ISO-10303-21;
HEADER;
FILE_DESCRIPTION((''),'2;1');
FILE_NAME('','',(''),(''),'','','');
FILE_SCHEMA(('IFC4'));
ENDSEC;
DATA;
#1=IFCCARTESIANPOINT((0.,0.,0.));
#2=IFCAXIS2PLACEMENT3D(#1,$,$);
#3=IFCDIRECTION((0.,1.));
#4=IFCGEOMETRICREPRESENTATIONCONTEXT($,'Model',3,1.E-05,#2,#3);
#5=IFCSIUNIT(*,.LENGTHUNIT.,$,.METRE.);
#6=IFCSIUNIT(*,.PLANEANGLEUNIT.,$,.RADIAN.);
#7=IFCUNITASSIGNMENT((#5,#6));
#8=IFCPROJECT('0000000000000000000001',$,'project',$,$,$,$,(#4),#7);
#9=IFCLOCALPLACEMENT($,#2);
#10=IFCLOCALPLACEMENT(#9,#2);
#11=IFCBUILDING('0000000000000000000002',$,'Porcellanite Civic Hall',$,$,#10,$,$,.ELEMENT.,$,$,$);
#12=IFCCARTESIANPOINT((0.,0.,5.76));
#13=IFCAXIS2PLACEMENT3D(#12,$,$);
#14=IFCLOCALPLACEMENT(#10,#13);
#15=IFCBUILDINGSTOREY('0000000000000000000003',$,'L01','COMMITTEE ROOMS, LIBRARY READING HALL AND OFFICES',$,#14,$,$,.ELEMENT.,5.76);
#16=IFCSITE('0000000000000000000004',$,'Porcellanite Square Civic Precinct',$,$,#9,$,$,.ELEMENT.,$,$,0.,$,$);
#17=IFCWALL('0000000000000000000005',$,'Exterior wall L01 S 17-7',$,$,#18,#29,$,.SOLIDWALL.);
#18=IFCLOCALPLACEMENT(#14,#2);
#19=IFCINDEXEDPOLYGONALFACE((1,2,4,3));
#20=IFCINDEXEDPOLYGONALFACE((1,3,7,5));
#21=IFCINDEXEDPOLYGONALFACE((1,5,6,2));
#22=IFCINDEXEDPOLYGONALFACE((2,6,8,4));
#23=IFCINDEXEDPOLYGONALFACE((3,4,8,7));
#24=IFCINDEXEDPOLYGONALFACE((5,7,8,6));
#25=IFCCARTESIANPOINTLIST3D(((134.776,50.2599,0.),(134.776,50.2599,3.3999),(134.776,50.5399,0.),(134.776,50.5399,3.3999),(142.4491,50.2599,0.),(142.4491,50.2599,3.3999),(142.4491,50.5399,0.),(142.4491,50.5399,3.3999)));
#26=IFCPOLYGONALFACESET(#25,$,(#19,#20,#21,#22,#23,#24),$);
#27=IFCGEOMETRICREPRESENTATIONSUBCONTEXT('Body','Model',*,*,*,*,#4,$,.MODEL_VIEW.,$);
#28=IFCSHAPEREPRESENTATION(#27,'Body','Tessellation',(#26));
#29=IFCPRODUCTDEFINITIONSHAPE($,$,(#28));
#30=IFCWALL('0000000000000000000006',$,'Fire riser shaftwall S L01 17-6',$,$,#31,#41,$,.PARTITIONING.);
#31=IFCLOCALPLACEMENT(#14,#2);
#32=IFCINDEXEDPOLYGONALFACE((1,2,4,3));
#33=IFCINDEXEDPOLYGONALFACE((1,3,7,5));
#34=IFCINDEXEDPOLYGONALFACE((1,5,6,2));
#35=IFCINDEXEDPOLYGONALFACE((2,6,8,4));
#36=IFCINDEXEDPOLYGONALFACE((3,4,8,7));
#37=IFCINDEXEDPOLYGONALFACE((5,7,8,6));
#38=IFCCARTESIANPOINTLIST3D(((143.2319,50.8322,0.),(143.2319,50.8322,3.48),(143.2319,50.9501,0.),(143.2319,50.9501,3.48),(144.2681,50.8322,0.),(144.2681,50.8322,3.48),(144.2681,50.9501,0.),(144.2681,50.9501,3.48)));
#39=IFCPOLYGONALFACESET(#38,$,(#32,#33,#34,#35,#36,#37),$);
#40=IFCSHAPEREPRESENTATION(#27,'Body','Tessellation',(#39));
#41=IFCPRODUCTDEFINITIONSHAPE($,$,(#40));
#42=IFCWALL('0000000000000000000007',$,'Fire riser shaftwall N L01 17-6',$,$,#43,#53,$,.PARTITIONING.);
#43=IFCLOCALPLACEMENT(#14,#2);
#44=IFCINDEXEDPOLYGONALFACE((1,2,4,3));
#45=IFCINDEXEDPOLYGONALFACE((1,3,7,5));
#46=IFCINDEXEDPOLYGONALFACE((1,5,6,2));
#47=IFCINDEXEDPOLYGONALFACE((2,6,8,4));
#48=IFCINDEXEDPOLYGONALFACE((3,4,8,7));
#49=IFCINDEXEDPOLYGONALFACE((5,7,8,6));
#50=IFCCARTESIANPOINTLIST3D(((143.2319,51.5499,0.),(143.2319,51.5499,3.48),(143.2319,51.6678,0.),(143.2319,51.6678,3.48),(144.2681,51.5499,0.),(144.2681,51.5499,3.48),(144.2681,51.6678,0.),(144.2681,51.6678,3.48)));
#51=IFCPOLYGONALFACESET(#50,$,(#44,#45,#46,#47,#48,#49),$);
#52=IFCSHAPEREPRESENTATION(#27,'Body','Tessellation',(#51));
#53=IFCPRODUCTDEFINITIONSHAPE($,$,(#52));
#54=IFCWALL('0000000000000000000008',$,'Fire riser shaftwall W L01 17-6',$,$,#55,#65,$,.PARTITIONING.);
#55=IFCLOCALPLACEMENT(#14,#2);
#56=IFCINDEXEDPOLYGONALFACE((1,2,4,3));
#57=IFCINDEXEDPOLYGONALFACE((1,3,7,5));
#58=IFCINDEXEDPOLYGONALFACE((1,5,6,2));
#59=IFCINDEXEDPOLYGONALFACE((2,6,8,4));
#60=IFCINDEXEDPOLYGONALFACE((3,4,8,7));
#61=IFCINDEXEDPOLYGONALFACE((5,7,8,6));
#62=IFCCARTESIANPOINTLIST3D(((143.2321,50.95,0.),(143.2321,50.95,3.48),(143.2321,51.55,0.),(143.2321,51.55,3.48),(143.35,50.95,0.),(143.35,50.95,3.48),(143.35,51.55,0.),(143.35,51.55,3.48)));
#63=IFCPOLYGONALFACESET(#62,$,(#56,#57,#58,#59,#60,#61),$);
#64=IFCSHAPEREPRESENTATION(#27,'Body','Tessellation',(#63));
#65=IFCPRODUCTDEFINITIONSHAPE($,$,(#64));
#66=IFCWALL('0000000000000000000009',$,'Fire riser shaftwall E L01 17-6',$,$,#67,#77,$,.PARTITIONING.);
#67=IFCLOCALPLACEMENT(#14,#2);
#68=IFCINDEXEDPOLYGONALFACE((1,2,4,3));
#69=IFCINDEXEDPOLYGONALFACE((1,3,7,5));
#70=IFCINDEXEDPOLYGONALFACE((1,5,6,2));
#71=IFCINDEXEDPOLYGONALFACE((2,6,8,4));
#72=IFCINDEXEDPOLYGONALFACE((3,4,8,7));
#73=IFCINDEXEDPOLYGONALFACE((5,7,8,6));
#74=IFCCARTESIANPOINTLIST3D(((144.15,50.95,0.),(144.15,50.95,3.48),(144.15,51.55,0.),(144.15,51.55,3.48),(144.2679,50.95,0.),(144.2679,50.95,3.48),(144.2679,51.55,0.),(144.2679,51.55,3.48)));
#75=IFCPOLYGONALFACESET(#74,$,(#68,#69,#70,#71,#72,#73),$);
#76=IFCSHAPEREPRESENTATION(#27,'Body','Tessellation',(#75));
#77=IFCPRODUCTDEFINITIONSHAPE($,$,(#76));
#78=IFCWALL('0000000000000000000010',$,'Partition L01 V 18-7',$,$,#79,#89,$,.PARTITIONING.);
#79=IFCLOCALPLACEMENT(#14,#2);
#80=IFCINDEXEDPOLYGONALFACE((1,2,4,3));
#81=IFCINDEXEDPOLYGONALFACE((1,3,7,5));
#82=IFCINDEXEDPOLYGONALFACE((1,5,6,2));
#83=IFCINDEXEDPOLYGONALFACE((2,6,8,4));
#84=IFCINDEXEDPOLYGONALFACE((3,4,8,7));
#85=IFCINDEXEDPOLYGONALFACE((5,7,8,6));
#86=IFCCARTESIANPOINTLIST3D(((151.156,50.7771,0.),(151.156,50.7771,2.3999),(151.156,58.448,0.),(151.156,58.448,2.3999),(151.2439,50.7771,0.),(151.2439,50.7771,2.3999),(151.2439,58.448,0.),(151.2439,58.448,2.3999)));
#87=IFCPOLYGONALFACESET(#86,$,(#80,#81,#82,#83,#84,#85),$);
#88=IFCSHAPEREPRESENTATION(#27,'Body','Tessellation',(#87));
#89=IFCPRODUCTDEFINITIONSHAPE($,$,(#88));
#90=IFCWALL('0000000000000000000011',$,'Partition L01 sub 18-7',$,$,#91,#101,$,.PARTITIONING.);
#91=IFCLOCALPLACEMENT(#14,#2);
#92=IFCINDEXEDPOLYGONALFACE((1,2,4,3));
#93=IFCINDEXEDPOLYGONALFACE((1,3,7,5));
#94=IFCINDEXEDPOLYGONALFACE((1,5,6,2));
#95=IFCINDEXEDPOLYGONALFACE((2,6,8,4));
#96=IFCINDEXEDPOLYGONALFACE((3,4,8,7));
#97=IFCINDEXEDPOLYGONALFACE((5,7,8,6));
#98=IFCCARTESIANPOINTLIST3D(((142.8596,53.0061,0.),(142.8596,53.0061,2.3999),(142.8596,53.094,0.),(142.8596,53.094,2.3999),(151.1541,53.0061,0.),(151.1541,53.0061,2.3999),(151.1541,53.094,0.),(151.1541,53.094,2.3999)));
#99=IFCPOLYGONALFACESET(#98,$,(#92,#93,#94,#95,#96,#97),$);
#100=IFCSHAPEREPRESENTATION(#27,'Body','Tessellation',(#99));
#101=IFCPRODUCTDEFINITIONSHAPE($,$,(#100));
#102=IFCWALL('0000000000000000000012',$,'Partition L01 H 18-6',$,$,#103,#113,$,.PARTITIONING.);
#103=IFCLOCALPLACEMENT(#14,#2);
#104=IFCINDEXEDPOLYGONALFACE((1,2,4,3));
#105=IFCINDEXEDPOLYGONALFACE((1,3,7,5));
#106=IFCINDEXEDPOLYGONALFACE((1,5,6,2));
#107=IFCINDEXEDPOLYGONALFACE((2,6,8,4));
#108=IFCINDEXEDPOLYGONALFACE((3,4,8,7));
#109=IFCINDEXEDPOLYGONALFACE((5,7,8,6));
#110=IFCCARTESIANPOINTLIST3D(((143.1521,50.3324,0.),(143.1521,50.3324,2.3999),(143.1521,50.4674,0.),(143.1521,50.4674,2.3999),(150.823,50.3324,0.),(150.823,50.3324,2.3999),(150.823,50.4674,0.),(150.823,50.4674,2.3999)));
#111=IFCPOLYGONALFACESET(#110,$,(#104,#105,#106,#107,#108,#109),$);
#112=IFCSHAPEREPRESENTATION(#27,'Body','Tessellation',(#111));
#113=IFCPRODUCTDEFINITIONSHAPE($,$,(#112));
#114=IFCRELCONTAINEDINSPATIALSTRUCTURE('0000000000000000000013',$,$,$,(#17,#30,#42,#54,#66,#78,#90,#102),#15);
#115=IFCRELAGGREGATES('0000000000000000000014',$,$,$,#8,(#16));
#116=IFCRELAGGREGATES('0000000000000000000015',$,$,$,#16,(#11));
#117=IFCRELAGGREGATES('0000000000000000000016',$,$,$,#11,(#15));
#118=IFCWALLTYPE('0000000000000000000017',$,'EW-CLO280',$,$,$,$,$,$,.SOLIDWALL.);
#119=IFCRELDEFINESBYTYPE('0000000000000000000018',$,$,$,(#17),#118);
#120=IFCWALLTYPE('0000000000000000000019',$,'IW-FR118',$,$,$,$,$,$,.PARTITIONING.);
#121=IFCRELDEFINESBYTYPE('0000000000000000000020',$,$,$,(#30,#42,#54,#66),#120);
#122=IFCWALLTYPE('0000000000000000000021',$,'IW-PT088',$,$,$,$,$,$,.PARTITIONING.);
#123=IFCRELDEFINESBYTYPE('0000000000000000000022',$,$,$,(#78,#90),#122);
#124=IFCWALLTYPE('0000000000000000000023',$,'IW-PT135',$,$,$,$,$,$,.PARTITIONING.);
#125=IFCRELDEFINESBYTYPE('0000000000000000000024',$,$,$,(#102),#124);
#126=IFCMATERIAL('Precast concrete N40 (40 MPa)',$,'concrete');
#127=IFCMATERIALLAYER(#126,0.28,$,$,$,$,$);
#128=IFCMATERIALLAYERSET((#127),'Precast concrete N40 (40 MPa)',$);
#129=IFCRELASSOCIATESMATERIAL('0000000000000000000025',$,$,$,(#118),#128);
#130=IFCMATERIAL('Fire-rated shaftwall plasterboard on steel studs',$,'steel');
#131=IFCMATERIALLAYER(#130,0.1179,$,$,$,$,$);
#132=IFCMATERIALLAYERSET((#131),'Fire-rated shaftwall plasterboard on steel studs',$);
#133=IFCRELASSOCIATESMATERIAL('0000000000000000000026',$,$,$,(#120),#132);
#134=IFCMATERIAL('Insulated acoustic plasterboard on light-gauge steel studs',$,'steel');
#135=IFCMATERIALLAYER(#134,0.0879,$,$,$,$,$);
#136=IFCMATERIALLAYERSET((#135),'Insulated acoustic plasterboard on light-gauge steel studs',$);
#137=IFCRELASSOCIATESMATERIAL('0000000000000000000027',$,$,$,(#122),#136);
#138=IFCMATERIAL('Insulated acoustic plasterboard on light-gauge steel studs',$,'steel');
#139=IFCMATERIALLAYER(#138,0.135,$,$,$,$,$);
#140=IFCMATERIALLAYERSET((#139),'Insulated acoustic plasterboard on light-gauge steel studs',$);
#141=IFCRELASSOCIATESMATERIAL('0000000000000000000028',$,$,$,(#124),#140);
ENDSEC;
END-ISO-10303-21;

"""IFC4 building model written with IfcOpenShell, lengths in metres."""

from ifc_helpers import new_model, si_unit, direction, frame, frame_2d, origin, place, context, subcontext, project, spatial, rectangle, extrude, material, layer, layer_set, type_object, element, save


model = new_model("IFC4")

# Units and contexts
model_context = context("Model", 3, precision=1e-05, world=origin(), true_north=direction((0.0, 1.0)))
body_context = subcontext(model_context, "Body", "Model", "MODEL_VIEW")
ifc_project = project(units=[si_unit("LENGTHUNIT", "METRE"), si_unit("PLANEANGLEUNIT", "RADIAN")], contexts=[model_context])

# Site, building, storey
site_placement = place(None, origin())
site = spatial("IfcSite", under=ifc_project, at=site_placement, Name="Porcellanite Square Civic Precinct", CompositionType="ELEMENT", RefElevation=0.0)
building_placement = place(site_placement, origin())
building = spatial("IfcBuilding", under=site, at=building_placement, Name="Porcellanite Civic Hall", CompositionType="ELEMENT")
storey_placement = place(building_placement, frame((0.0, 0.0, 5.76)))
storey = spatial("IfcBuildingStorey", under=building, at=storey_placement, Name="L01", Description="COMMITTEE ROOMS, LIBRARY READING HALL AND OFFICES", CompositionType="ELEMENT", Elevation=5.76)

# Walls
ifc_material_1 = material(Name="Precast concrete N40 (40 MPa)", Category="concrete")
ifc_layer_1 = layer(ifc_material_1, 0.28)
ifc_layer_set_1 = layer_set([ifc_layer_1], Name="Precast concrete N40 (40 MPa)")
wall_type_1 = type_object("IfcWallType", Name="EW-CLO280", PredefinedType="SOLIDWALL", material=ifc_layer_set_1)
wall_1_placement = place(storey_placement, frame((142.449, 50.3999, 0.0), z_axis=(0.0, 0.0, 1.0), x_axis=(-1.0, 0.0, 0.0)))
element("IfcWall", 1, at=wall_1_placement, inside=storey, type_object=wall_type_1, Name="Exterior wall L01 S 17-7", PredefinedType="SOLIDWALL", context=body_context, shape_type="SweptSolid", body=[
    extrude(rectangle(XDim=7.6731, YDim=0.28, at=frame_2d((3.8364, 0.0))), origin(), (0.0, 0.0, 1.0), 3.3999),
])
ifc_material_2 = material(Name="Fire-rated shaftwall plasterboard on steel studs", Category="steel")
ifc_layer_2 = layer(ifc_material_2, 0.1179)
ifc_layer_set_2 = layer_set([ifc_layer_2], Name="Fire-rated shaftwall plasterboard on steel studs")
wall_type_2 = type_object("IfcWallType", Name="IW-FR118", PredefinedType="PARTITIONING", material=ifc_layer_set_2)
for number, where, z_axis, x_axis, name in (
    (2, (143.2319, 50.8911, 0.0), (0.0, 0.0, 1.0), (1.0, 0.0, 0.0), "Fire riser shaftwall S L01 17-6"),
    (3, (143.2319, 51.6089, 0.0), (0.0, 0.0, 1.0), (1.0, 0.0, 0.0), "Fire riser shaftwall N L01 17-6"),
):
    element("IfcWall", number, at=place(storey_placement, frame(where, z_axis=z_axis, x_axis=x_axis)), inside=storey, type_object=wall_type_2, Name=name, PredefinedType="PARTITIONING", context=body_context, shape_type="SweptSolid", body=[
        extrude(rectangle(XDim=1.0361, YDim=0.1179, at=frame_2d((0.5181, 0.0))), origin(), (0.0, 0.0, 1.0), 3.48),
    ])
for number, where, z_axis, x_axis, name in (
    (4, (143.291, 50.95, 0.0), (0.0, 0.0, 1.0), (0.0, 1.0, 0.0), "Fire riser shaftwall W L01 17-6"),
    (5, (144.209, 50.95, 0.0), (0.0, 0.0, 1.0), (0.0, 1.0, 0.0), "Fire riser shaftwall E L01 17-6"),
):
    element("IfcWall", number, at=place(storey_placement, frame(where, z_axis=z_axis, x_axis=x_axis)), inside=storey, type_object=wall_type_2, Name=name, PredefinedType="PARTITIONING", context=body_context, shape_type="SweptSolid", body=[
        extrude(rectangle(XDim=0.6001, YDim=0.1179, at=frame_2d((0.3, 0.0))), origin(), (0.0, 0.0, 1.0), 3.48),
    ])
ifc_material_3 = material(Name="Insulated acoustic plasterboard on light-gauge steel studs", Category="steel")
ifc_layer_3 = layer(ifc_material_3, 0.0879)
ifc_layer_set_3 = layer_set([ifc_layer_3], Name="Insulated acoustic plasterboard on light-gauge steel studs")
wall_type_3 = type_object("IfcWallType", Name="IW-PT088", PredefinedType="PARTITIONING", material=ifc_layer_set_3)
wall_2_placement = place(storey_placement, frame((151.2, 50.7771, 0.0), z_axis=(0.0, 0.0, 1.0), x_axis=(0.0, 1.0, 0.0)))
element("IfcWall", 6, at=wall_2_placement, inside=storey, type_object=wall_type_3, Name="Partition L01 V 18-7", PredefinedType="PARTITIONING", context=body_context, shape_type="SweptSolid", body=[
    extrude(rectangle(XDim=7.6709, YDim=0.0879, at=frame_2d((3.8354, 0.0))), origin(), (0.0, 0.0, 1.0), 2.3999),
])
wall_3_placement = place(storey_placement, frame((142.8596, 53.05, 0.0), z_axis=(0.0, 0.0, 1.0), x_axis=(1.0, 0.0, 0.0)))
element("IfcWall", 7, at=wall_3_placement, inside=storey, type_object=wall_type_3, Name="Partition L01 sub 18-7", PredefinedType="PARTITIONING", context=body_context, shape_type="SweptSolid", body=[
    extrude(rectangle(XDim=8.2944, YDim=0.0879, at=frame_2d((4.1472, 0.0))), origin(), (0.0, 0.0, 1.0), 2.3999),
])

# Wall
ifc_material_4 = material(Name="Insulated acoustic plasterboard on light-gauge steel studs", Category="steel")
ifc_layer_4 = layer(ifc_material_4, 0.135)
ifc_layer_set_4 = layer_set([ifc_layer_4], Name="Insulated acoustic plasterboard on light-gauge steel studs")
wall_type_4 = type_object("IfcWallType", Name="IW-PT135", PredefinedType="PARTITIONING", material=ifc_layer_set_4)
wall_4_placement = place(storey_placement, frame((143.1521, 50.3999, 0.0), z_axis=(0.0, 0.0, 1.0), x_axis=(1.0, 0.0, 0.0)))
element("IfcWall", 8, at=wall_4_placement, inside=storey, type_object=wall_type_4, Name="Partition L01 H 18-6", PredefinedType="PARTITIONING", context=body_context, shape_type="SweptSolid", body=[
    extrude(rectangle(XDim=7.6709, YDim=0.135, at=frame_2d((3.8354, 0.0))), origin(), (0.0, 0.0, 1.0), 2.3999),
])

save(model, "model.ifc")
